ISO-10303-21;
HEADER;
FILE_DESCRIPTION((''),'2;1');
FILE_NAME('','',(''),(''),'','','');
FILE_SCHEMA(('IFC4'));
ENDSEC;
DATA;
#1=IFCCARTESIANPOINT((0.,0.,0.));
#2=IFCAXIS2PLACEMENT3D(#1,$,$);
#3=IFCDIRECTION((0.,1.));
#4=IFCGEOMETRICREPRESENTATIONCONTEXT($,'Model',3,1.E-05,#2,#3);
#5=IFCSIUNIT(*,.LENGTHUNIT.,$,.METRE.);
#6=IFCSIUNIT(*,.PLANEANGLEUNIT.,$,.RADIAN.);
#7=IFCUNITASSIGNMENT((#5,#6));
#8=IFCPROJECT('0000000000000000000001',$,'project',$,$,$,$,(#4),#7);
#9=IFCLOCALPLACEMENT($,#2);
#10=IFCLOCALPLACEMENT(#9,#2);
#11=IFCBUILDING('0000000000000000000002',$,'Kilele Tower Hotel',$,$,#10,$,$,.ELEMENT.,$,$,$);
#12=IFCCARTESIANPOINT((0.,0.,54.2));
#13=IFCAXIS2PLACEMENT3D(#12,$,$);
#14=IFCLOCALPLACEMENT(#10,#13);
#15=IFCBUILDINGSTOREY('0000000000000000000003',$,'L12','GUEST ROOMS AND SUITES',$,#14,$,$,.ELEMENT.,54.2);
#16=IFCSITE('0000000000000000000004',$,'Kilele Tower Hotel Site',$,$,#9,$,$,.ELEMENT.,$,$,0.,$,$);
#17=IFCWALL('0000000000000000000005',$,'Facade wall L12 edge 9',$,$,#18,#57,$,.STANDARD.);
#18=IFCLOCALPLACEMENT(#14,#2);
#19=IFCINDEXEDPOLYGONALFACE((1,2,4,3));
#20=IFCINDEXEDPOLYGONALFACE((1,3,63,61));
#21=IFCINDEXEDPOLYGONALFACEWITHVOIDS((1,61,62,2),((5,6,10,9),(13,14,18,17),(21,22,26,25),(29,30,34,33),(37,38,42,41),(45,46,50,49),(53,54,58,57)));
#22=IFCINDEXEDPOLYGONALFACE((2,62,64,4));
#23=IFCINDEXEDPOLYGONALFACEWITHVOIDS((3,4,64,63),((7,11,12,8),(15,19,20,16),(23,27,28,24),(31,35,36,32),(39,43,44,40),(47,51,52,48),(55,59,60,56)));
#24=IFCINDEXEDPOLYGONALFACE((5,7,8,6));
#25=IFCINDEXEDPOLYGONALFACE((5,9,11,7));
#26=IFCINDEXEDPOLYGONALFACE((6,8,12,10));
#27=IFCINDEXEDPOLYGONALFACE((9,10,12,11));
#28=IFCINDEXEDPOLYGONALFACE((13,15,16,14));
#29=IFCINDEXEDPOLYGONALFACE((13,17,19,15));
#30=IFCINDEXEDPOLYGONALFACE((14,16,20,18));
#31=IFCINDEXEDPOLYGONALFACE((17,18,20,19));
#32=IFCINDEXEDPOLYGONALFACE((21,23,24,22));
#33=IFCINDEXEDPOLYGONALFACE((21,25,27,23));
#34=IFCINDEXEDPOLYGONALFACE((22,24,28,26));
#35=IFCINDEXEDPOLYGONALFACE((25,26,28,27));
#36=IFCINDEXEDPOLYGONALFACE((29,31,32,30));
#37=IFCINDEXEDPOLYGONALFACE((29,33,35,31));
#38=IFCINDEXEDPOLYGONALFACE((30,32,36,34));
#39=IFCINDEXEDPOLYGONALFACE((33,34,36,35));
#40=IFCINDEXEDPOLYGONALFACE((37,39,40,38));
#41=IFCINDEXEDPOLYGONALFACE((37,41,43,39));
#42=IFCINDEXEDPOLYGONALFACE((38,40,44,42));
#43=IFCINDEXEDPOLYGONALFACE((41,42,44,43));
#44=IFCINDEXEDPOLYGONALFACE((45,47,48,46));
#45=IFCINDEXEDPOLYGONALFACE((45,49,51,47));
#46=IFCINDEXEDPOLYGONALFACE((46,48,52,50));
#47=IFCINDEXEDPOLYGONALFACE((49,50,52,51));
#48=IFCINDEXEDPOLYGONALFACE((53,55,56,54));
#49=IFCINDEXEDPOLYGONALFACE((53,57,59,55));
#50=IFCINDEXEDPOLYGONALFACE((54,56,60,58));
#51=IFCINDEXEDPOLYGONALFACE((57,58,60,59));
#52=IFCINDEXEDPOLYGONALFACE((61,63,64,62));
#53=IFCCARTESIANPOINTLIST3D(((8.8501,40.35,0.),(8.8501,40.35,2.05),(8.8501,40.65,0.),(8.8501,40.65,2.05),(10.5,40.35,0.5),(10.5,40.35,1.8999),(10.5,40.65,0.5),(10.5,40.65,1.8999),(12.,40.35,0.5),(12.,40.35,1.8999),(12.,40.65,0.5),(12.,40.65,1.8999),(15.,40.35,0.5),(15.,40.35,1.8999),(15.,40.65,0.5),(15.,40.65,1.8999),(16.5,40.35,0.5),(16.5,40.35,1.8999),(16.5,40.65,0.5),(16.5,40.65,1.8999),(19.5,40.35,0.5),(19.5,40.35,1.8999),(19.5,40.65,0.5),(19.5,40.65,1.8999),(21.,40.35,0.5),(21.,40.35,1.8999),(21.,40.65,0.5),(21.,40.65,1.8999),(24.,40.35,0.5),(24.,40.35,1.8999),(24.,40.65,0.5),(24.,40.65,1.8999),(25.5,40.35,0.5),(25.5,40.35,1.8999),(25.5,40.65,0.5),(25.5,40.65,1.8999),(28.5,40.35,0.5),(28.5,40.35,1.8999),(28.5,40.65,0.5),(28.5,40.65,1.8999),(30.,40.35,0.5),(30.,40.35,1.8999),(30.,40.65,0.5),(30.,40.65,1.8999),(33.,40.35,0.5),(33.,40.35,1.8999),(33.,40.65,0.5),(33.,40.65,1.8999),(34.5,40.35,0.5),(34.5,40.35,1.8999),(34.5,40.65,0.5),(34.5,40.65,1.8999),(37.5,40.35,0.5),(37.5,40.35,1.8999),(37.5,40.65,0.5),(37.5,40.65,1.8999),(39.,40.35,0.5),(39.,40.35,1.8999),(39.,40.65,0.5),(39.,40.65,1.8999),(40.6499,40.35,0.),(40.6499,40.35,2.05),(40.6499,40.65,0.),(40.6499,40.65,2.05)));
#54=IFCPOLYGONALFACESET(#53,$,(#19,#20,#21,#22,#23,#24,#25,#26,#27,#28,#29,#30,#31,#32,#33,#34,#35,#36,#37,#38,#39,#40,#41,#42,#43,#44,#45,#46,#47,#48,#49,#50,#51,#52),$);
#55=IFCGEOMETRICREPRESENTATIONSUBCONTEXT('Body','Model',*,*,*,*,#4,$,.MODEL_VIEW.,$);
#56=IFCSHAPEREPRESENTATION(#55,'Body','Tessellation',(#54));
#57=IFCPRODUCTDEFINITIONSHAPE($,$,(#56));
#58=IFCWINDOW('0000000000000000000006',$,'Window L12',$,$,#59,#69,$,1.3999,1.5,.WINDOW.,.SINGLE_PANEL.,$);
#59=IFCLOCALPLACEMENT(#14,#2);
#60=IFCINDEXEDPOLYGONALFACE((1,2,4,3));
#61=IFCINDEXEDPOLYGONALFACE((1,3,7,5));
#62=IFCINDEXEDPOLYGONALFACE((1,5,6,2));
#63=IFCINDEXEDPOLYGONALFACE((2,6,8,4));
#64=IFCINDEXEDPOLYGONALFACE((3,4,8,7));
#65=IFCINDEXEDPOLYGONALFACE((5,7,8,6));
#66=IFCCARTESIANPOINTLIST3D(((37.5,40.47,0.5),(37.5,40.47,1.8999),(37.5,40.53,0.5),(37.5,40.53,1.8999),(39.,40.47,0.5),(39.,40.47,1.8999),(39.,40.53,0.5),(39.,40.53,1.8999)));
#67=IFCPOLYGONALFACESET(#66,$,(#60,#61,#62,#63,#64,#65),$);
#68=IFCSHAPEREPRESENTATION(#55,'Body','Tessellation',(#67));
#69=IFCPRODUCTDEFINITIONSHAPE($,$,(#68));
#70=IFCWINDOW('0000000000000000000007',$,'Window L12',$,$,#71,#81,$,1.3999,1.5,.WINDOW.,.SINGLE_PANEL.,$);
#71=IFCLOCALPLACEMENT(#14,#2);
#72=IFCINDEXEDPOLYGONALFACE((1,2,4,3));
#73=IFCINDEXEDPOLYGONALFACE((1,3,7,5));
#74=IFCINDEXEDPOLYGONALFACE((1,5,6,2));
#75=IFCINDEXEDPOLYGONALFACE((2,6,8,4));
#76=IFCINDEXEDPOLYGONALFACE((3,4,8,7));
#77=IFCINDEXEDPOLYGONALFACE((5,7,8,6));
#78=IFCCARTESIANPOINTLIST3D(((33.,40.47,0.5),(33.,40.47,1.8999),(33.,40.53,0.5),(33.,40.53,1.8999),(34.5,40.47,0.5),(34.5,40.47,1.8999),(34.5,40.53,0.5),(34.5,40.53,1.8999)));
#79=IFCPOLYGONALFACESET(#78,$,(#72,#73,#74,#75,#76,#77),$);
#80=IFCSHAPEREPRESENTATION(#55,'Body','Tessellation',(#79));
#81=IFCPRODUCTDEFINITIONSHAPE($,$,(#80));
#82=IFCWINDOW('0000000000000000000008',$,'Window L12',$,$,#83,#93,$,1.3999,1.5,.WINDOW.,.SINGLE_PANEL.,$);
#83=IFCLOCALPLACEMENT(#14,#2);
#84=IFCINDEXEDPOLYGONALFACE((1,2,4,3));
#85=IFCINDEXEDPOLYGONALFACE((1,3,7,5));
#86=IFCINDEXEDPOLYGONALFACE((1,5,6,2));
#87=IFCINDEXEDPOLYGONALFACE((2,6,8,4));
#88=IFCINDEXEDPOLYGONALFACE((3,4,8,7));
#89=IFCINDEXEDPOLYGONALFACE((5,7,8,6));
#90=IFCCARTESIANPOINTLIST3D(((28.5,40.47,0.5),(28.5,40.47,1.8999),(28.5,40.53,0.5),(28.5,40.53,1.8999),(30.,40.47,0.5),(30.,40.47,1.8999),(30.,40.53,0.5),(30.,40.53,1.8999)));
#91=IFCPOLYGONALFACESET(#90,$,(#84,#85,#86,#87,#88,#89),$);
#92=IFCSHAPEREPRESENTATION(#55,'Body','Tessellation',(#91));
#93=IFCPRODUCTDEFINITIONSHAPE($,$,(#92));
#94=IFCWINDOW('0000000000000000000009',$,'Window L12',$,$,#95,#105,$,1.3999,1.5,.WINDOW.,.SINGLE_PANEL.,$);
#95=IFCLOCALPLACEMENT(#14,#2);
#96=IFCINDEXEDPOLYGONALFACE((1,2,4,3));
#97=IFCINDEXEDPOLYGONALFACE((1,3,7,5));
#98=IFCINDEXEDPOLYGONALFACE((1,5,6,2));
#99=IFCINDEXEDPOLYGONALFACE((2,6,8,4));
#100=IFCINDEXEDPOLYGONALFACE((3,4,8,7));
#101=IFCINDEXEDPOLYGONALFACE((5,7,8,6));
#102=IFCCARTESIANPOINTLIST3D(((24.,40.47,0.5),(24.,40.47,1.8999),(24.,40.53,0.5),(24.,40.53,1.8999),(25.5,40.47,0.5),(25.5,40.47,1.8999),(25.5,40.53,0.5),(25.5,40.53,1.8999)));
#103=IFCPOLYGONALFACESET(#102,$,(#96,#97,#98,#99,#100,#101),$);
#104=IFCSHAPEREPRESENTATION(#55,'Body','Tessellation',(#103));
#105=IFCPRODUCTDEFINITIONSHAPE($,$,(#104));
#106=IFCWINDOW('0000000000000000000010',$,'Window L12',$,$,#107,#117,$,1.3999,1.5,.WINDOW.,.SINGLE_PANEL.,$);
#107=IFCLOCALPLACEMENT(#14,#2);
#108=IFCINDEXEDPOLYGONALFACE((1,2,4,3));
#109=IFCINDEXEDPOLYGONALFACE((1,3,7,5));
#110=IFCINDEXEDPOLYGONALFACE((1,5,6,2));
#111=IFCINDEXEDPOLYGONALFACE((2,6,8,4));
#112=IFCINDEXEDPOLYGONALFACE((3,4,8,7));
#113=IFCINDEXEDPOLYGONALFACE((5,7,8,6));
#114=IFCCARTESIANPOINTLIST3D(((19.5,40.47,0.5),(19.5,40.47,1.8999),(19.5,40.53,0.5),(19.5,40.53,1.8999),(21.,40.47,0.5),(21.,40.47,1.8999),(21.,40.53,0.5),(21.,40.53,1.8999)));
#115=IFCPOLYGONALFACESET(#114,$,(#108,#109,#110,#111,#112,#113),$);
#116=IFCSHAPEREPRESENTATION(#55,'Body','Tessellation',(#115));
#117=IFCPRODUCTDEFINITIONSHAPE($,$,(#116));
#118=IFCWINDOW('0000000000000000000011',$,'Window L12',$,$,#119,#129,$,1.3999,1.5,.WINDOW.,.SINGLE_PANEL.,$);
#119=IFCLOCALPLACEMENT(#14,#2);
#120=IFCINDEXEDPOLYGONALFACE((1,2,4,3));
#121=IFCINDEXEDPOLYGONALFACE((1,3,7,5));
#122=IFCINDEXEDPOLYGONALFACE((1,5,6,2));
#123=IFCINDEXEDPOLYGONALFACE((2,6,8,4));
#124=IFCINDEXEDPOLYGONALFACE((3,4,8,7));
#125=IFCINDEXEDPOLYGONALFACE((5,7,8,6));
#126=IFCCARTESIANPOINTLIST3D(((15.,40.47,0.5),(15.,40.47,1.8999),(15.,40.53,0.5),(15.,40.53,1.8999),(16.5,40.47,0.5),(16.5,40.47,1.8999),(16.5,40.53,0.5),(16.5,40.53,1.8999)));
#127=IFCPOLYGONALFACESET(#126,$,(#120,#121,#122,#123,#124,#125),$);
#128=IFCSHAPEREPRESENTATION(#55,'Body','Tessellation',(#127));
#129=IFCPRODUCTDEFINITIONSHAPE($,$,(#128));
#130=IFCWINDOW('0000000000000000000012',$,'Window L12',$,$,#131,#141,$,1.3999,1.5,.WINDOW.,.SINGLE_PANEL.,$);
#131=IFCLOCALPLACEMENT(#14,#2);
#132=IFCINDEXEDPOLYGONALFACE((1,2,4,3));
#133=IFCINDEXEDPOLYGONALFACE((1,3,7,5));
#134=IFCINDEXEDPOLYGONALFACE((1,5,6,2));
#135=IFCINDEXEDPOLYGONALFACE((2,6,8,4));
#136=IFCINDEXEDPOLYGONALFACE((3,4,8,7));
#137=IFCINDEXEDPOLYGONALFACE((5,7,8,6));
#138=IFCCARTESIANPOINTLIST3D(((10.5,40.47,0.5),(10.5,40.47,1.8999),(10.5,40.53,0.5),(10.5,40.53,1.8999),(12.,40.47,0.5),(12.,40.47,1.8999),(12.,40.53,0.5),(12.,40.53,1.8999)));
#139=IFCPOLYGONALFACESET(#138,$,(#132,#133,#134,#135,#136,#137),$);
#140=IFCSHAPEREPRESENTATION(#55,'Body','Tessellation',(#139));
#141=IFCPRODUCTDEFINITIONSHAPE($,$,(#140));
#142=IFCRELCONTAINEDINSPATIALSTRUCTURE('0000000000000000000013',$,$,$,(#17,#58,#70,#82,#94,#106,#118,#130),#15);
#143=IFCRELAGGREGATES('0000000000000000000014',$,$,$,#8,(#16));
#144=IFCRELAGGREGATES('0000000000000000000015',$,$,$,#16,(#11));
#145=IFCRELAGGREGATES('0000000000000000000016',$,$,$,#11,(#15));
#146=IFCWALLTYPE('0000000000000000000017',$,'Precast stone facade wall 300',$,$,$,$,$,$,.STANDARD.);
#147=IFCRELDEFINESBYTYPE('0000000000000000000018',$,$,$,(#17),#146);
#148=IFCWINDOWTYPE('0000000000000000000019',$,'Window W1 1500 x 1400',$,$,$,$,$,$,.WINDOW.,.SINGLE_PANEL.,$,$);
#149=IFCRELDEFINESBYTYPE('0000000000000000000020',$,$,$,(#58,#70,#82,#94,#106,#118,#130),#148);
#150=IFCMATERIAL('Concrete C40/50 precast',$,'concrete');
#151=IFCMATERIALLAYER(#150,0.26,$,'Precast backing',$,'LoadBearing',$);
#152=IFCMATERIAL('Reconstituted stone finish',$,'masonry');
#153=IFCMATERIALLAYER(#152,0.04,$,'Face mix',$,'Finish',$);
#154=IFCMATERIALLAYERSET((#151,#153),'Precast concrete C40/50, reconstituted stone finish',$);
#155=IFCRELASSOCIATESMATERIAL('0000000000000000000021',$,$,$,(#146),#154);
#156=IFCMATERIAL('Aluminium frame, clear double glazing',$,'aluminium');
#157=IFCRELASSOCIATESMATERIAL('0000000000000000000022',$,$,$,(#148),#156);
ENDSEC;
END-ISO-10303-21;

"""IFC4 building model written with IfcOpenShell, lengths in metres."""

from ifc_helpers import new_model, si_unit, direction, frame, frame_2d, origin, place, context, subcontext, project, spatial, rectangle, extrude, material, layer, layer_set, type_object, element, fill, save


model = new_model("IFC4")

# Units and contexts
model_context = context("Model", 3, precision=1e-05, world=origin(), true_north=direction((0.0, 1.0)))
body_context = subcontext(model_context, "Body", "Model", "MODEL_VIEW")
ifc_project = project(units=[si_unit("LENGTHUNIT", "METRE"), si_unit("PLANEANGLEUNIT", "RADIAN")], contexts=[model_context])

# Site, building, storey
site_placement = place(None, origin())
site = spatial("IfcSite", under=ifc_project, at=site_placement, Name="Kilele Tower Hotel Site", CompositionType="ELEMENT", RefElevation=0.0)
building_placement = place(site_placement, origin())
building = spatial("IfcBuilding", under=site, at=building_placement, Name="Kilele Tower Hotel", CompositionType="ELEMENT")
storey_placement = place(building_placement, frame((0.0, 0.0, 54.2)))
storey = spatial("IfcBuildingStorey", under=building, at=storey_placement, Name="L12", Description="GUEST ROOMS AND SUITES", CompositionType="ELEMENT", Elevation=54.2)

# Shared definitions
ifc_material_1 = material(Name="Concrete C40/50 precast", Category="concrete")
ifc_layer_1 = layer(ifc_material_1, 0.26, Name="Precast backing", Category="LoadBearing")
ifc_material_2 = material(Name="Reconstituted stone finish", Category="masonry")
ifc_layer_2 = layer(ifc_material_2, 0.04, Name="Face mix", Category="Finish")
ifc_layer_set_1 = layer_set([ifc_layer_1, ifc_layer_2], Name="Precast concrete C40/50, reconstituted stone finish")
wall_type_1 = type_object("IfcWallType", Name="Precast stone facade wall 300", PredefinedType="STANDARD", material=ifc_layer_set_1)
ifc_material_3 = material(Name="Aluminium frame, clear double glazing", Category="aluminium")
window_type_1 = type_object("IfcWindowType", Name="Window W1 1500 x 1400", PartitioningType="SINGLE_PANEL", PredefinedType="WINDOW", material=ifc_material_3)

# Wall, openings, windows
wall_1_placement = place(storey_placement, frame((40.6499, 40.5, 0.0), z_axis=(0.0, 0.0, 1.0), x_axis=(-1.0, 0.0, 0.0)))
wall_1 = element("IfcWall", 1, at=wall_1_placement, inside=storey, type_object=wall_type_1, Name="Facade wall L12 edge 9", PredefinedType="STANDARD", context=body_context, shape_type="SweptSolid", body=[
    extrude(rectangle(XDim=31.7998, YDim=0.3, at=frame_2d((15.8999, 0.0))), origin(), (0.0, 0.0, 1.0), 2.05),
])
opening_1_placement = place(wall_1_placement, frame((1.6499, 0.0, 0.5)))
opening_1 = element("IfcOpeningElement", 2, at=opening_1_placement, cuts=wall_1, PredefinedType="OPENING", context=body_context, shape_type="SweptSolid", body=[
    extrude(rectangle(XDim=1.5, YDim=1.3999, at=frame_2d((0.75, 0.7))), frame((0.0, 0.1599, 0.0), z_axis=(0.0, -1.0, 0.0), x_axis=(1.0, 0.0, 0.0)), (0.0, 0.0, 1.0), 0.3201),
])
opening_2_placement = place(wall_1_placement, frame((6.1499, 0.0, 0.5)))
opening_2 = element("IfcOpeningElement", 3, at=opening_2_placement, cuts=wall_1, PredefinedType="OPENING", context=body_context, shape_type="SweptSolid", body=[
    extrude(rectangle(XDim=1.5, YDim=1.3999, at=frame_2d((0.75, 0.7))), frame((0.0, 0.1599, 0.0), z_axis=(0.0, -1.0, 0.0), x_axis=(1.0, 0.0, 0.0)), (0.0, 0.0, 1.0), 0.3201),
])
opening_3_placement = place(wall_1_placement, frame((10.6499, 0.0, 0.5)))
opening_3 = element("IfcOpeningElement", 4, at=opening_3_placement, cuts=wall_1, PredefinedType="OPENING", context=body_context, shape_type="SweptSolid", body=[
    extrude(rectangle(XDim=1.5, YDim=1.3999, at=frame_2d((0.75, 0.7))), frame((0.0, 0.1599, 0.0), z_axis=(0.0, -1.0, 0.0), x_axis=(1.0, 0.0, 0.0)), (0.0, 0.0, 1.0), 0.3201),
])
opening_4_placement = place(wall_1_placement, frame((15.1499, 0.0, 0.5)))
opening_4 = element("IfcOpeningElement", 5, at=opening_4_placement, cuts=wall_1, PredefinedType="OPENING", context=body_context, shape_type="SweptSolid", body=[
    extrude(rectangle(XDim=1.5, YDim=1.3999, at=frame_2d((0.75, 0.7))), frame((0.0, 0.1599, 0.0), z_axis=(0.0, -1.0, 0.0), x_axis=(1.0, 0.0, 0.0)), (0.0, 0.0, 1.0), 0.3201),
])
opening_5_placement = place(wall_1_placement, frame((19.6499, 0.0, 0.5)))
opening_5 = element("IfcOpeningElement", 6, at=opening_5_placement, cuts=wall_1, PredefinedType="OPENING", context=body_context, shape_type="SweptSolid", body=[
    extrude(rectangle(XDim=1.5, YDim=1.3999, at=frame_2d((0.75, 0.7))), frame((0.0, 0.1599, 0.0), z_axis=(0.0, -1.0, 0.0), x_axis=(1.0, 0.0, 0.0)), (0.0, 0.0, 1.0), 0.3201),
])
opening_6_placement = place(wall_1_placement, frame((24.1499, 0.0, 0.5)))
opening_6 = element("IfcOpeningElement", 7, at=opening_6_placement, cuts=wall_1, PredefinedType="OPENING", context=body_context, shape_type="SweptSolid", body=[
    extrude(rectangle(XDim=1.5, YDim=1.3999, at=frame_2d((0.75, 0.7))), frame((0.0, 0.1599, 0.0), z_axis=(0.0, -1.0, 0.0), x_axis=(1.0, 0.0, 0.0)), (0.0, 0.0, 1.0), 0.3201),
])
opening_7_placement = place(wall_1_placement, frame((28.6499, 0.0, 0.5)))
opening_7 = element("IfcOpeningElement", 8, at=opening_7_placement, cuts=wall_1, PredefinedType="OPENING", context=body_context, shape_type="SweptSolid", body=[
    extrude(rectangle(XDim=1.5, YDim=1.3999, at=frame_2d((0.75, 0.7))), frame((0.0, 0.1599, 0.0), z_axis=(0.0, -1.0, 0.0), x_axis=(1.0, 0.0, 0.0)), (0.0, 0.0, 1.0), 0.3201),
])
window_1_placement = place(opening_1_placement, origin())
window_1 = element("IfcWindow", 9, at=window_1_placement, inside=storey, type_object=window_type_1, Name="Window L12", OverallHeight=1.3999, OverallWidth=1.5, PartitioningType="SINGLE_PANEL", PredefinedType="WINDOW", context=body_context, shape_type="SweptSolid", body=[
    extrude(rectangle(XDim=1.5, YDim=1.3999, at=frame_2d((0.75, 0.7))), frame((0.0, 0.03, 0.0), z_axis=(0.0, -1.0, 0.0), x_axis=(1.0, 0.0, 0.0)), (0.0, 0.0, 1.0), 0.0601),
])
fill(opening_1, window_1)
window_2_placement = place(opening_2_placement, origin())
window_2 = element("IfcWindow", 10, at=window_2_placement, inside=storey, type_object=window_type_1, Name="Window L12", OverallHeight=1.3999, OverallWidth=1.5, PartitioningType="SINGLE_PANEL", PredefinedType="WINDOW", context=body_context, shape_type="SweptSolid", body=[
    extrude(rectangle(XDim=1.5, YDim=1.3999, at=frame_2d((0.75, 0.7))), frame((0.0, 0.03, 0.0), z_axis=(0.0, -1.0, 0.0), x_axis=(1.0, 0.0, 0.0)), (0.0, 0.0, 1.0), 0.0601),
])
fill(opening_2, window_2)
window_3_placement = place(opening_3_placement, origin())
window_3 = element("IfcWindow", 11, at=window_3_placement, inside=storey, type_object=window_type_1, Name="Window L12", OverallHeight=1.3999, OverallWidth=1.5, PartitioningType="SINGLE_PANEL", PredefinedType="WINDOW", context=body_context, shape_type="SweptSolid", body=[
    extrude(rectangle(XDim=1.5, YDim=1.3999, at=frame_2d((0.75, 0.7))), frame((0.0, 0.03, 0.0), z_axis=(0.0, -1.0, 0.0), x_axis=(1.0, 0.0, 0.0)), (0.0, 0.0, 1.0), 0.0601),
])
fill(opening_3, window_3)
window_4_placement = place(opening_4_placement, origin())
window_4 = element("IfcWindow", 12, at=window_4_placement, inside=storey, type_object=window_type_1, Name="Window L12", OverallHeight=1.3999, OverallWidth=1.5, PartitioningType="SINGLE_PANEL", PredefinedType="WINDOW", context=body_context, shape_type="SweptSolid", body=[
    extrude(rectangle(XDim=1.5, YDim=1.3999, at=frame_2d((0.75, 0.7))), frame((0.0, 0.03, 0.0), z_axis=(0.0, -1.0, 0.0), x_axis=(1.0, 0.0, 0.0)), (0.0, 0.0, 1.0), 0.0601),
])
fill(opening_4, window_4)
window_5_placement = place(opening_5_placement, origin())
window_5 = element("IfcWindow", 13, at=window_5_placement, inside=storey, type_object=window_type_1, Name="Window L12", OverallHeight=1.3999, OverallWidth=1.5, PartitioningType="SINGLE_PANEL", PredefinedType="WINDOW", context=body_context, shape_type="SweptSolid", body=[
    extrude(rectangle(XDim=1.5, YDim=1.3999, at=frame_2d((0.75, 0.7))), frame((0.0, 0.03, 0.0), z_axis=(0.0, -1.0, 0.0), x_axis=(1.0, 0.0, 0.0)), (0.0, 0.0, 1.0), 0.0601),
])
fill(opening_5, window_5)
window_6_placement = place(opening_6_placement, origin())
window_6 = element("IfcWindow", 14, at=window_6_placement, inside=storey, type_object=window_type_1, Name="Window L12", OverallHeight=1.3999, OverallWidth=1.5, PartitioningType="SINGLE_PANEL", PredefinedType="WINDOW", context=body_context, shape_type="SweptSolid", body=[
    extrude(rectangle(XDim=1.5, YDim=1.3999, at=frame_2d((0.75, 0.7))), frame((0.0, 0.03, 0.0), z_axis=(0.0, -1.0, 0.0), x_axis=(1.0, 0.0, 0.0)), (0.0, 0.0, 1.0), 0.0601),
])
fill(opening_6, window_6)
window_7_placement = place(opening_7_placement, origin())
window_7 = element("IfcWindow", 15, at=window_7_placement, inside=storey, type_object=window_type_1, Name="Window L12", OverallHeight=1.3999, OverallWidth=1.5, PartitioningType="SINGLE_PANEL", PredefinedType="WINDOW", context=body_context, shape_type="SweptSolid", body=[
    extrude(rectangle(XDim=1.5, YDim=1.3999, at=frame_2d((0.75, 0.7))), frame((0.0, 0.03, 0.0), z_axis=(0.0, -1.0, 0.0), x_axis=(1.0, 0.0, 0.0)), (0.0, 0.0, 1.0), 0.0601),
])
fill(opening_7, window_7)

save(model, "model.ifc")
